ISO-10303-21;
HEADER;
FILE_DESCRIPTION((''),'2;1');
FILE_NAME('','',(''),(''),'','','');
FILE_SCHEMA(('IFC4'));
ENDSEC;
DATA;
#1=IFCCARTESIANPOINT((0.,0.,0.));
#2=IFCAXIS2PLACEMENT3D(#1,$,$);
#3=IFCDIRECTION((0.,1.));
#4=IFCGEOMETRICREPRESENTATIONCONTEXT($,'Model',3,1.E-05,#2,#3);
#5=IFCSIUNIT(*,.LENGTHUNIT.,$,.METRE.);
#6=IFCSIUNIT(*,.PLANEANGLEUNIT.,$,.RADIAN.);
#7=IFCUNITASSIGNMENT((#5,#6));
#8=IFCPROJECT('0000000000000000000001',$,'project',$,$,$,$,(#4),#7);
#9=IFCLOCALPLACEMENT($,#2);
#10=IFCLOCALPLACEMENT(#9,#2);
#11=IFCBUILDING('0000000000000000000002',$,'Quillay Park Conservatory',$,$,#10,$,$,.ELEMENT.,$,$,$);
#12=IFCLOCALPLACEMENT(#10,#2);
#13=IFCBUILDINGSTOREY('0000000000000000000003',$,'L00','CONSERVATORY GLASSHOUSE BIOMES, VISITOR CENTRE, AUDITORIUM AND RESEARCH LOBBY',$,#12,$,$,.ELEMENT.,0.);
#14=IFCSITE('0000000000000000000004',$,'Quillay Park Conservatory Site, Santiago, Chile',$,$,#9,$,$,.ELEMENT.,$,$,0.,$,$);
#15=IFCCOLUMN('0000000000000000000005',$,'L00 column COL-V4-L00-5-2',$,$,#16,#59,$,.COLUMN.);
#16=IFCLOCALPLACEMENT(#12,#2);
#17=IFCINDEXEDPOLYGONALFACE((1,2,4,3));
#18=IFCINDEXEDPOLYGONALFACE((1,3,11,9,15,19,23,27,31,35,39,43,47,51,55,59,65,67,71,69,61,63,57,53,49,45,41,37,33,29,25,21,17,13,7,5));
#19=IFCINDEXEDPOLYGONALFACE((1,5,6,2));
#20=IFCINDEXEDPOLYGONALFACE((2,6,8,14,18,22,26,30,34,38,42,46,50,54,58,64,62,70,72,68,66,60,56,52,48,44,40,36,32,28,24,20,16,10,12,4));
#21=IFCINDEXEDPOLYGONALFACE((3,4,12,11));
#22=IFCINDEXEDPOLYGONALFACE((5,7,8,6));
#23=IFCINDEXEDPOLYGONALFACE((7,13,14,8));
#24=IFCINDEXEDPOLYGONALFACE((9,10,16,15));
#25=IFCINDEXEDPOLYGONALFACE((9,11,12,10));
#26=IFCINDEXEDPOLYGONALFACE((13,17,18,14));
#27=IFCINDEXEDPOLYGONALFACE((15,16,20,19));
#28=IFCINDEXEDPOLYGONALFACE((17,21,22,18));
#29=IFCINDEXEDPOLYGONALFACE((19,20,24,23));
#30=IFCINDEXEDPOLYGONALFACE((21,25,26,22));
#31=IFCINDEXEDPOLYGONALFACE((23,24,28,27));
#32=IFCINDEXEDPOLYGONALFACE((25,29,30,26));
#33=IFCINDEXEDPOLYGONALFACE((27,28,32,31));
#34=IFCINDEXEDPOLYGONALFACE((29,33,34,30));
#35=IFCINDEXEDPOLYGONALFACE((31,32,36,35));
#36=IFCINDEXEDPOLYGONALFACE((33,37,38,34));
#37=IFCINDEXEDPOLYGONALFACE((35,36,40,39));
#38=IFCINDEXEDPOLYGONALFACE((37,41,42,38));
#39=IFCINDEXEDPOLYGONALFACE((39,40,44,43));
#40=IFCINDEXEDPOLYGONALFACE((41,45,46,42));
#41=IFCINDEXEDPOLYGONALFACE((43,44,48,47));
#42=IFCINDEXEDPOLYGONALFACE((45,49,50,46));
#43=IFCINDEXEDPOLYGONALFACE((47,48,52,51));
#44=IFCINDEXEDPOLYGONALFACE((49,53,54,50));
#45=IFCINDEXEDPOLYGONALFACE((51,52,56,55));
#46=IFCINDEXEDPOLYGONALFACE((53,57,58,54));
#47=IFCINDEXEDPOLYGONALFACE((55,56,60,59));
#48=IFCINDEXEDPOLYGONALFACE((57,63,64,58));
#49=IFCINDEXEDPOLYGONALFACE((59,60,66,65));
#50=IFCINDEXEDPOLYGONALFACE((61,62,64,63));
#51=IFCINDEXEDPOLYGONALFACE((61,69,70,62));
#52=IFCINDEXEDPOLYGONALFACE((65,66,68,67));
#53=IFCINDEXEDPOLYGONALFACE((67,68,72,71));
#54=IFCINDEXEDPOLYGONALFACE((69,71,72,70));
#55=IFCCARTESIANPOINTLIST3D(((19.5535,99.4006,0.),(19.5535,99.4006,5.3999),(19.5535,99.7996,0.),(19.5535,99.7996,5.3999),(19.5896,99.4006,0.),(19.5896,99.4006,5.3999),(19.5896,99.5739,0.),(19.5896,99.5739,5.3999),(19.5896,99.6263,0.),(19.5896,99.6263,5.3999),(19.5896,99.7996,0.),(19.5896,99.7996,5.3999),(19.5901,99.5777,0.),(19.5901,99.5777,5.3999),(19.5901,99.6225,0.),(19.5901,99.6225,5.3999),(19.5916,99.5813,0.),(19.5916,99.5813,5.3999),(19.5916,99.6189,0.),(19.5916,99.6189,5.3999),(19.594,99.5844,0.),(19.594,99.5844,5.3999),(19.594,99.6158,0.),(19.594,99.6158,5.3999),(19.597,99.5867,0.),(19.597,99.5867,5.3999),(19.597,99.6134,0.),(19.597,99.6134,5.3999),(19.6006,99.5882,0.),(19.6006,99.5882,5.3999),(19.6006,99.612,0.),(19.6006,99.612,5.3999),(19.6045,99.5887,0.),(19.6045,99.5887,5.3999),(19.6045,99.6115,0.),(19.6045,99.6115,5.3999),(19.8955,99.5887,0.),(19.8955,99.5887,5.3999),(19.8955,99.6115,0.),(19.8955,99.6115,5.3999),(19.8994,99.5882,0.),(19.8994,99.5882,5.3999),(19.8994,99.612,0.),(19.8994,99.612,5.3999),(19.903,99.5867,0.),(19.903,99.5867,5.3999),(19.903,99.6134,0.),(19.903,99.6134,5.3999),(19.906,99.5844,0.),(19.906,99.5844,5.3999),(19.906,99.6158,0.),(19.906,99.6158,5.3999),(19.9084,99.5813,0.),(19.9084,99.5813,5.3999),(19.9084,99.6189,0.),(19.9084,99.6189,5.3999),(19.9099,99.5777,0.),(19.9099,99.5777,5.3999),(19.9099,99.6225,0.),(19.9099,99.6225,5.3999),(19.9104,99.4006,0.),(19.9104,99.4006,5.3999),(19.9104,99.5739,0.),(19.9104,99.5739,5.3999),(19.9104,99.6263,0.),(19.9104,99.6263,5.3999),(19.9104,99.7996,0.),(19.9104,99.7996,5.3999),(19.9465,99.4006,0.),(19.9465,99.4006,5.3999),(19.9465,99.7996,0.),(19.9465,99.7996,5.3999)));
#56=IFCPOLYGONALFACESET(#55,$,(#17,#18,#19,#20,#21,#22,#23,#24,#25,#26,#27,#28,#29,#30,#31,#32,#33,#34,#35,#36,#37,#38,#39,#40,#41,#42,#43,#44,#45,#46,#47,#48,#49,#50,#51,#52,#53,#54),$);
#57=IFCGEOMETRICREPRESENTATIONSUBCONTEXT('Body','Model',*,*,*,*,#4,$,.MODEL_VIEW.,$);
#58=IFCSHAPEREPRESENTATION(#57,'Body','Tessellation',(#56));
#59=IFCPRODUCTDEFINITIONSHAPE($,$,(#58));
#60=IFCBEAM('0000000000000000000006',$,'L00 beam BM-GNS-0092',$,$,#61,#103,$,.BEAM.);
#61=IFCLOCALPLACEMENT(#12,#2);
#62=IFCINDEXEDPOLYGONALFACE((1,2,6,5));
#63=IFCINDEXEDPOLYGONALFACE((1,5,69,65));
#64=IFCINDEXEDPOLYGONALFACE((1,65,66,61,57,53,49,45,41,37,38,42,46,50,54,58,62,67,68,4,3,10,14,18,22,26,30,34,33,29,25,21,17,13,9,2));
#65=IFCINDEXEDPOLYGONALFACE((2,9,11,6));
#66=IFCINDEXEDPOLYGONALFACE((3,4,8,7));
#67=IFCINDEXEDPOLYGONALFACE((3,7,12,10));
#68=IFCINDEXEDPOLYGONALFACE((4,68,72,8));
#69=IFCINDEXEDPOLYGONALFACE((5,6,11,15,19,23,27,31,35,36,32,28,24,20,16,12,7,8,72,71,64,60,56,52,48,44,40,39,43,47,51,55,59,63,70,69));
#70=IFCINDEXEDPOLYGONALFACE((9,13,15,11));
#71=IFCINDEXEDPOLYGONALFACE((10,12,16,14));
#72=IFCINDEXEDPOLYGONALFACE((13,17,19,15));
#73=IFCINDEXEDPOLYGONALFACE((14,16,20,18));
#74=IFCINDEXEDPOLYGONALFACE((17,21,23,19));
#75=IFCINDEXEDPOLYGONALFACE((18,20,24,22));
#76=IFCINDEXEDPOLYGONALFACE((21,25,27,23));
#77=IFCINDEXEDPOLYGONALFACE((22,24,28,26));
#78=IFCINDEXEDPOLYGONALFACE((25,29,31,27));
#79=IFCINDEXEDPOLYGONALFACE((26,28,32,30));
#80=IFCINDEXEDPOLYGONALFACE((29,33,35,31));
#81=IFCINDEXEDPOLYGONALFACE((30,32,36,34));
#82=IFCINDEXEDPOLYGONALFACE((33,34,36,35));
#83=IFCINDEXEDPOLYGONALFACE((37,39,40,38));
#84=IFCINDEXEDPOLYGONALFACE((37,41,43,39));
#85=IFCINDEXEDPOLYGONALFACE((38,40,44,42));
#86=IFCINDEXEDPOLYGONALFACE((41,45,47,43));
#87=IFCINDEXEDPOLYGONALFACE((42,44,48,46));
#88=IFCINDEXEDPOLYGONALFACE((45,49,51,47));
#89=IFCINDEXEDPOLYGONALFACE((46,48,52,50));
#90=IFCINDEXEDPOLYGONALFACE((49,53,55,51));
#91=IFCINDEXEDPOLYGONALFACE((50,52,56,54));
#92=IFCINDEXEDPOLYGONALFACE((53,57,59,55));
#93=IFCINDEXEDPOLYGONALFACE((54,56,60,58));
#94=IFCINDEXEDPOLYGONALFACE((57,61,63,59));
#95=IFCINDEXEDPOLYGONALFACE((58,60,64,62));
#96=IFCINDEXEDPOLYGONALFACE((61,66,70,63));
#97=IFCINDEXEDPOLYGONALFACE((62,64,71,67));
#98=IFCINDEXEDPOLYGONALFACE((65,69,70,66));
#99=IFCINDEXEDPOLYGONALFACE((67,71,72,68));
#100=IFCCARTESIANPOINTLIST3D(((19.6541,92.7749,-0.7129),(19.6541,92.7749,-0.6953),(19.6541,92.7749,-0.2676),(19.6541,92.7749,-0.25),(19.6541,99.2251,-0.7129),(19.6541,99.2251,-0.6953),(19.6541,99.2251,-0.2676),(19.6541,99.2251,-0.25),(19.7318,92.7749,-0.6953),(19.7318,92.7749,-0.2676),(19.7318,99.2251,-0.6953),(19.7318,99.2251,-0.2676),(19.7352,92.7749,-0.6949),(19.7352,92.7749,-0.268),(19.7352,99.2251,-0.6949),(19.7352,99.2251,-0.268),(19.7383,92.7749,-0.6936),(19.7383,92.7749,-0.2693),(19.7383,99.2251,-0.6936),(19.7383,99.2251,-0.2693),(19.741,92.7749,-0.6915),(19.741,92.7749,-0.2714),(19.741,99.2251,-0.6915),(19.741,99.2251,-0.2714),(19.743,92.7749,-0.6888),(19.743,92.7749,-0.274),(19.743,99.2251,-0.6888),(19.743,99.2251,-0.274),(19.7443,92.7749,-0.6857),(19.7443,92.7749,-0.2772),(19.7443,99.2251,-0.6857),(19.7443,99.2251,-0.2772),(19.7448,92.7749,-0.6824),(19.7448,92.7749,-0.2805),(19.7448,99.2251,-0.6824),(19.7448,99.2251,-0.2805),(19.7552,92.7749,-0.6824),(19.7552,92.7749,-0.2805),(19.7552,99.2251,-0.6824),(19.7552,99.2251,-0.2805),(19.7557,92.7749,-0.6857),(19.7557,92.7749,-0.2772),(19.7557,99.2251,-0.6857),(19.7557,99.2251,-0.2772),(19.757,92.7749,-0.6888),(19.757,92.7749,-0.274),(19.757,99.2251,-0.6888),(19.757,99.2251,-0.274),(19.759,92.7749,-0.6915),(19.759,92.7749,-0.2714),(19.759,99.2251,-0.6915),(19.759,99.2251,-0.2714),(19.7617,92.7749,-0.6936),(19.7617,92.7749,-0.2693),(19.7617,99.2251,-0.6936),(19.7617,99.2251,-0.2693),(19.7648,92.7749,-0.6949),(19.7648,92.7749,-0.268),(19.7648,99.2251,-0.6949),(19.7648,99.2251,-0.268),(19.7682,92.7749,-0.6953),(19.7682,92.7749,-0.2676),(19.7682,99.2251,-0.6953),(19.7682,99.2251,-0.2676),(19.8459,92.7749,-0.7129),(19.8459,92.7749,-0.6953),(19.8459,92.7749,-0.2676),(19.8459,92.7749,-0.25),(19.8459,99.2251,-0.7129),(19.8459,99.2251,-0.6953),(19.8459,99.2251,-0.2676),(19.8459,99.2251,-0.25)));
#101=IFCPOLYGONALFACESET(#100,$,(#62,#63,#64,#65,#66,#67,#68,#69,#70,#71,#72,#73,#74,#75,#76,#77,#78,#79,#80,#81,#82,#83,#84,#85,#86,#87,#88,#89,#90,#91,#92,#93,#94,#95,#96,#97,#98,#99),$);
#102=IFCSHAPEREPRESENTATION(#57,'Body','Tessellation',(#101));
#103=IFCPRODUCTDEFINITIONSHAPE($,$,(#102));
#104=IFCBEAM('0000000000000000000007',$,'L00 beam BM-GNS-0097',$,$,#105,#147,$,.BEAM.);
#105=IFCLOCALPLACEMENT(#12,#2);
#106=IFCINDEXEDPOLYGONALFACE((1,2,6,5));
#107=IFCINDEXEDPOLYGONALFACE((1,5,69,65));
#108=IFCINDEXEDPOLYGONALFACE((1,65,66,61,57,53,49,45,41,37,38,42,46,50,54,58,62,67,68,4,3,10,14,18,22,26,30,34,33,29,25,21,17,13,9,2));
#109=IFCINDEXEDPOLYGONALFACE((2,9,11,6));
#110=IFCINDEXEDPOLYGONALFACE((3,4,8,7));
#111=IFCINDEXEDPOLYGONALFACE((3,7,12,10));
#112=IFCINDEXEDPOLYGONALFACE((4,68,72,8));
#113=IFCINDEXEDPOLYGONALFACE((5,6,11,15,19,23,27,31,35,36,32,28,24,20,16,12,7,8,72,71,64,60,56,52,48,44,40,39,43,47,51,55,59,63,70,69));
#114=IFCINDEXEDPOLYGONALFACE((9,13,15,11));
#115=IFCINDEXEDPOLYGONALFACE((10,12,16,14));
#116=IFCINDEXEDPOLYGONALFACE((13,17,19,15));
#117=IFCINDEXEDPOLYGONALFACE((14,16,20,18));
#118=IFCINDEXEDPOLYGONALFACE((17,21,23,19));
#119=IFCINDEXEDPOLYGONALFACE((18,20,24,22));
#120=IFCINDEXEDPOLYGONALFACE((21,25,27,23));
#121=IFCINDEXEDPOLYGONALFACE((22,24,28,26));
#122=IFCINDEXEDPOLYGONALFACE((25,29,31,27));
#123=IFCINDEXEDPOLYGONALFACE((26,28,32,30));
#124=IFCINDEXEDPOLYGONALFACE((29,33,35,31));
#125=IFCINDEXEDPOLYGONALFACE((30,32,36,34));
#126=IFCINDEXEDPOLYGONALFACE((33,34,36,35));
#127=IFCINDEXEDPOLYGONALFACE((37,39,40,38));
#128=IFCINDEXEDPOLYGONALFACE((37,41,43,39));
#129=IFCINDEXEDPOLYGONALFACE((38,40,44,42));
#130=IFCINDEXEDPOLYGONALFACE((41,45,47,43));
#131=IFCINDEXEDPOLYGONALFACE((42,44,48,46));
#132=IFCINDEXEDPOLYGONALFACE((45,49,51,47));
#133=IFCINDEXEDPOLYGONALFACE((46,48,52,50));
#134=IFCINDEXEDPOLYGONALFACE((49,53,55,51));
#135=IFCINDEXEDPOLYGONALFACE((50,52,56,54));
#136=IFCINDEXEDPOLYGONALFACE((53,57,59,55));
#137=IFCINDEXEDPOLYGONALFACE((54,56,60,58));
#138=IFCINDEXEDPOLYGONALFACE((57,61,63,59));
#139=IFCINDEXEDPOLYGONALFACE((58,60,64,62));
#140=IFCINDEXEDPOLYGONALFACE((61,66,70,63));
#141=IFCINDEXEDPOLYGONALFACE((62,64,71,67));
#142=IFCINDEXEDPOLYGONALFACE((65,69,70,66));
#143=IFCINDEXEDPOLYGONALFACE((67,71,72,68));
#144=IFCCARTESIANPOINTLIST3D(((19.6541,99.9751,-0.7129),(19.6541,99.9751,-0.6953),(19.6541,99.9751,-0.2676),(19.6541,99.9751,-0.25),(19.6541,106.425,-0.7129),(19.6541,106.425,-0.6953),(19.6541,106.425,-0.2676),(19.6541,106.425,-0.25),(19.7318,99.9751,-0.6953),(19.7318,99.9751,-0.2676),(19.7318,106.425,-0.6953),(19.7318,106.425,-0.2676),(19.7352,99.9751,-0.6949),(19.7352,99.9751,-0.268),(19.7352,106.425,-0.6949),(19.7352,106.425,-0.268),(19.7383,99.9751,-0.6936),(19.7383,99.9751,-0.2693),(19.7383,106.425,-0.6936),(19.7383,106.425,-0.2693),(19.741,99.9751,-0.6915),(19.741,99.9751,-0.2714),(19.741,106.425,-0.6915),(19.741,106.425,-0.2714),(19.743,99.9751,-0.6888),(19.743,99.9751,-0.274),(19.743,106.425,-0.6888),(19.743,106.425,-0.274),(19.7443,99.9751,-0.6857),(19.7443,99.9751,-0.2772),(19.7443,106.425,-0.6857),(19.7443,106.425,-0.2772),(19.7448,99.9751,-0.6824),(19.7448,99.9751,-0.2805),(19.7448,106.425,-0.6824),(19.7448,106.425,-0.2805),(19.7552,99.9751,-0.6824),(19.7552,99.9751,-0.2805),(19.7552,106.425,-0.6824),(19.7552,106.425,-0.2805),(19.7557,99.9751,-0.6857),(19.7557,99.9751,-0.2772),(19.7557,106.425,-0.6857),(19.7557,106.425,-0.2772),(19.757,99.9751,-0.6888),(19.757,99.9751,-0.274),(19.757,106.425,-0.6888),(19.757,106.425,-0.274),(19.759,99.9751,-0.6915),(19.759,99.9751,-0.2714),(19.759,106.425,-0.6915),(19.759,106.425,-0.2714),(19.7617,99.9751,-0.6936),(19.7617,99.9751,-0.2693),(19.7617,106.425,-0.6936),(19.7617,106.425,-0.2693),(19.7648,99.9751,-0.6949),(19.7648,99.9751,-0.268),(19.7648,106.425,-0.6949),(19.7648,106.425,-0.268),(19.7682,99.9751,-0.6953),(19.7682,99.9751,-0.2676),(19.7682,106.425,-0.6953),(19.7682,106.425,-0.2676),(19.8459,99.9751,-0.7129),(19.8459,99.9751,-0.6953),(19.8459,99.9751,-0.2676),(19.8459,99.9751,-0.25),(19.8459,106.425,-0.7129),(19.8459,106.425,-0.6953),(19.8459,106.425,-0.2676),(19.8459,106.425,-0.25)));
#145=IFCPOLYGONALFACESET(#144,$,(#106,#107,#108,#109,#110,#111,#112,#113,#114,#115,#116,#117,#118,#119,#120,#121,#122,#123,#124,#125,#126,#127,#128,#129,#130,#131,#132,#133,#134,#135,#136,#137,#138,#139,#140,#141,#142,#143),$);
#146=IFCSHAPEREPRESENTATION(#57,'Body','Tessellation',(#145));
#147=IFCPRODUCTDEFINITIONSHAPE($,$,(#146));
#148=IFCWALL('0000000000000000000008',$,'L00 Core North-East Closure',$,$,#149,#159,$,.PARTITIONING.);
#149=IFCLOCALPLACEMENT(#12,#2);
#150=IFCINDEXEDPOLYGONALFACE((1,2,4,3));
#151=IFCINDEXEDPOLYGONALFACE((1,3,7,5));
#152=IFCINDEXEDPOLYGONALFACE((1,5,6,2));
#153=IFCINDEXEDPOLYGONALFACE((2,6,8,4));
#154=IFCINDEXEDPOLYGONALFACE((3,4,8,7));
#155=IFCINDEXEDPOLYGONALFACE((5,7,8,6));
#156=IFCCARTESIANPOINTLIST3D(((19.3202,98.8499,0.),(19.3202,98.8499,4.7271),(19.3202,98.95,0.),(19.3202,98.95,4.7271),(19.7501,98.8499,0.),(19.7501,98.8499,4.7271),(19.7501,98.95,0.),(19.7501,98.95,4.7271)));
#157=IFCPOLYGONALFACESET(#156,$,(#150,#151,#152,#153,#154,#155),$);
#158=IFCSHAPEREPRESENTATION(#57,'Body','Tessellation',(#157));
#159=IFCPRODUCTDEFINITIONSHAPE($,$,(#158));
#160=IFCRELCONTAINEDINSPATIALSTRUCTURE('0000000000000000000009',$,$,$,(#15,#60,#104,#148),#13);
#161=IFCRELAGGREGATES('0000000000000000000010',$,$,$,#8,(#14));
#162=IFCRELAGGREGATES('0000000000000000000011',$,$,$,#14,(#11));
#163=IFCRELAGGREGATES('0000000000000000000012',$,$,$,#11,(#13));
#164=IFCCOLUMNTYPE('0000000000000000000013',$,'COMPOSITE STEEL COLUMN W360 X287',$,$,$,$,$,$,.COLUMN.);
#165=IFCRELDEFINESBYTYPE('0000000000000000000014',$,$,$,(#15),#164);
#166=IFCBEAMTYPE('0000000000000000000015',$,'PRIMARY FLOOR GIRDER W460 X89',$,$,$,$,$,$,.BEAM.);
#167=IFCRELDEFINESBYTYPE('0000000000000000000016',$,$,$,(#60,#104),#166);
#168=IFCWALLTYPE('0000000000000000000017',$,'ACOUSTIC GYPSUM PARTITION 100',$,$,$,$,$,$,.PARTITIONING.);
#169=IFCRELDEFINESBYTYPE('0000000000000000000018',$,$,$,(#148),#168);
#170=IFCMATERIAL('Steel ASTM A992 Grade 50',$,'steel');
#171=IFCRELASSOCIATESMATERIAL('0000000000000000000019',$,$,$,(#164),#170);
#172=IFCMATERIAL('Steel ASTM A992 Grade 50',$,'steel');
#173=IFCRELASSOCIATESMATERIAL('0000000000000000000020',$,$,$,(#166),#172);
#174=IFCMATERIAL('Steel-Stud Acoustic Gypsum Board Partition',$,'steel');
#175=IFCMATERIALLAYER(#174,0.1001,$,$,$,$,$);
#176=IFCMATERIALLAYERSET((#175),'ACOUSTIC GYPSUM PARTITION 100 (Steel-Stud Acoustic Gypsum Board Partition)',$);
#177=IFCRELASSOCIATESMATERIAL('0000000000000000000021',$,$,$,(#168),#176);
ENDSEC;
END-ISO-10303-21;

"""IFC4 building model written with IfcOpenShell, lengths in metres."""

from ifc_helpers import new_model, si_unit, direction, frame, frame_2d, origin, origin_2d, place, context, subcontext, project, spatial, rectangle, i_section, extrude, material, layer, layer_set, material_profile, profile_set, type_object, element, save


model = new_model("IFC4")

# Units and contexts
model_context = context("Model", 3, precision=1e-05, world=origin(), true_north=direction((0.0, 1.0)))
body_context = subcontext(model_context, "Body", "Model", "MODEL_VIEW")
ifc_project = project(units=[si_unit("LENGTHUNIT", "METRE"), si_unit("PLANEANGLEUNIT", "RADIAN")], contexts=[model_context])

# Site, building, storey
site_placement = place(None, origin())
site = spatial("IfcSite", under=ifc_project, at=site_placement, Name="Quillay Park Conservatory Site, Santiago, Chile", CompositionType="ELEMENT", RefElevation=0.0)
building_placement = place(site_placement, origin())
building = spatial("IfcBuilding", under=site, at=building_placement, Name="Quillay Park Conservatory", CompositionType="ELEMENT")
storey_placement = place(building_placement, origin())
storey = spatial("IfcBuildingStorey", under=building, at=storey_placement, Name="L00", Description="CONSERVATORY GLASSHOUSE BIOMES, VISITOR CENTRE, AUDITORIUM AND RESEARCH LOBBY", CompositionType="ELEMENT", Elevation=0.0)

# Column
ifc_material_1 = material(Name="Steel ASTM A992 Grade 50", Category="steel")
ifc_material_profile_1 = material_profile(ifc_material_1, i_section(OverallWidth=0.3989, OverallDepth=0.3931, WebThickness=0.0227, FlangeThickness=0.0361, FilletRadius=0.0149, at=origin_2d()), Name="W360x287")
ifc_profile_set_1 = profile_set([ifc_material_profile_1], Name="Steel ASTM A992 Grade 50")
column_type = type_object("IfcColumnType", Name="COMPOSITE STEEL COLUMN W360 X287", PredefinedType="COLUMN", material=ifc_profile_set_1)
column_placement = place(storey_placement, frame((19.75, 99.6001, 0.0), z_axis=(0.0, 0.0, 1.0), x_axis=(0.0, 1.0, 0.0)))
element("IfcColumn", 1, at=column_placement, inside=storey, type_object=column_type, Name="L00 column COL-V4-L00-5-2", PredefinedType="COLUMN", context=body_context, shape_type="SweptSolid", body=[
    extrude(i_section(OverallWidth=0.3989, OverallDepth=0.3931, WebThickness=0.0227, FlangeThickness=0.0361, FilletRadius=0.0149, at=origin_2d()), origin(), (0.0, 0.0, 1.0), 5.3999),
])

# Beams
ifc_material_2 = material(Name="Steel ASTM A992 Grade 50", Category="steel")
ifc_material_profile_2 = material_profile(ifc_material_2, i_section(OverallWidth=0.1919, OverallDepth=0.4629, WebThickness=0.0105, FlangeThickness=0.0176, FilletRadius=0.0129, at=origin_2d()), Name="W460x89")
ifc_profile_set_2 = profile_set([ifc_material_profile_2], Name="Steel ASTM A992 Grade 50")
beam_type = type_object("IfcBeamType", Name="PRIMARY FLOOR GIRDER W460 X89", PredefinedType="BEAM", material=ifc_profile_set_2)
beam_1_placement = place(storey_placement, frame((19.75, 92.7749, -0.4814), z_axis=(0.0, 1.0, 0.0), x_axis=(-1.0, 0.0, 0.0)))
element("IfcBeam", 2, at=beam_1_placement, inside=storey, type_object=beam_type, Name="L00 beam BM-GNS-0092", PredefinedType="BEAM", context=body_context, shape_type="SweptSolid", body=[
    extrude(i_section(OverallWidth=0.1919, OverallDepth=0.4629, WebThickness=0.0105, FlangeThickness=0.0176, FilletRadius=0.0129, at=origin_2d()), origin(), (0.0, 0.0, 1.0), 6.4502),
])
beam_2_placement = place(storey_placement, frame((19.75, 99.9751, -0.4814), z_axis=(0.0, 1.0, 0.0), x_axis=(-1.0, 0.0, 0.0)))
element("IfcBeam", 3, at=beam_2_placement, inside=storey, type_object=beam_type, Name="L00 beam BM-GNS-0097", PredefinedType="BEAM", context=body_context, shape_type="SweptSolid", body=[
    extrude(i_section(OverallWidth=0.1919, OverallDepth=0.4629, WebThickness=0.0105, FlangeThickness=0.0176, FilletRadius=0.0129, at=origin_2d()), origin(), (0.0, 0.0, 1.0), 6.45),
])

# Wall
ifc_material_3 = material(Name="Steel-Stud Acoustic Gypsum Board Partition", Category="steel")
ifc_layer_1 = layer(ifc_material_3, 0.1001)
ifc_layer_set_1 = layer_set([ifc_layer_1], Name="ACOUSTIC GYPSUM PARTITION 100 (Steel-Stud Acoustic Gypsum Board Partition)")
wall_type_1 = type_object("IfcWallType", Name="ACOUSTIC GYPSUM PARTITION 100", PredefinedType="PARTITIONING", material=ifc_layer_set_1)
wall_1_placement = place(storey_placement, frame((19.75, 98.8999, 0.0), z_axis=(0.0, 0.0, 1.0), x_axis=(-1.0, 0.0, 0.0)))
element("IfcWall", 4, at=wall_1_placement, inside=storey, type_object=wall_type_1, Name="L00 Core North-East Closure", PredefinedType="PARTITIONING", context=body_context, shape_type="SweptSolid", body=[
    extrude(rectangle(XDim=0.4299, YDim=0.1001, at=frame_2d((0.2148, 0.0))), origin(), (0.0, 0.0, 1.0), 4.7271),
])

save(model, "model.ifc")
